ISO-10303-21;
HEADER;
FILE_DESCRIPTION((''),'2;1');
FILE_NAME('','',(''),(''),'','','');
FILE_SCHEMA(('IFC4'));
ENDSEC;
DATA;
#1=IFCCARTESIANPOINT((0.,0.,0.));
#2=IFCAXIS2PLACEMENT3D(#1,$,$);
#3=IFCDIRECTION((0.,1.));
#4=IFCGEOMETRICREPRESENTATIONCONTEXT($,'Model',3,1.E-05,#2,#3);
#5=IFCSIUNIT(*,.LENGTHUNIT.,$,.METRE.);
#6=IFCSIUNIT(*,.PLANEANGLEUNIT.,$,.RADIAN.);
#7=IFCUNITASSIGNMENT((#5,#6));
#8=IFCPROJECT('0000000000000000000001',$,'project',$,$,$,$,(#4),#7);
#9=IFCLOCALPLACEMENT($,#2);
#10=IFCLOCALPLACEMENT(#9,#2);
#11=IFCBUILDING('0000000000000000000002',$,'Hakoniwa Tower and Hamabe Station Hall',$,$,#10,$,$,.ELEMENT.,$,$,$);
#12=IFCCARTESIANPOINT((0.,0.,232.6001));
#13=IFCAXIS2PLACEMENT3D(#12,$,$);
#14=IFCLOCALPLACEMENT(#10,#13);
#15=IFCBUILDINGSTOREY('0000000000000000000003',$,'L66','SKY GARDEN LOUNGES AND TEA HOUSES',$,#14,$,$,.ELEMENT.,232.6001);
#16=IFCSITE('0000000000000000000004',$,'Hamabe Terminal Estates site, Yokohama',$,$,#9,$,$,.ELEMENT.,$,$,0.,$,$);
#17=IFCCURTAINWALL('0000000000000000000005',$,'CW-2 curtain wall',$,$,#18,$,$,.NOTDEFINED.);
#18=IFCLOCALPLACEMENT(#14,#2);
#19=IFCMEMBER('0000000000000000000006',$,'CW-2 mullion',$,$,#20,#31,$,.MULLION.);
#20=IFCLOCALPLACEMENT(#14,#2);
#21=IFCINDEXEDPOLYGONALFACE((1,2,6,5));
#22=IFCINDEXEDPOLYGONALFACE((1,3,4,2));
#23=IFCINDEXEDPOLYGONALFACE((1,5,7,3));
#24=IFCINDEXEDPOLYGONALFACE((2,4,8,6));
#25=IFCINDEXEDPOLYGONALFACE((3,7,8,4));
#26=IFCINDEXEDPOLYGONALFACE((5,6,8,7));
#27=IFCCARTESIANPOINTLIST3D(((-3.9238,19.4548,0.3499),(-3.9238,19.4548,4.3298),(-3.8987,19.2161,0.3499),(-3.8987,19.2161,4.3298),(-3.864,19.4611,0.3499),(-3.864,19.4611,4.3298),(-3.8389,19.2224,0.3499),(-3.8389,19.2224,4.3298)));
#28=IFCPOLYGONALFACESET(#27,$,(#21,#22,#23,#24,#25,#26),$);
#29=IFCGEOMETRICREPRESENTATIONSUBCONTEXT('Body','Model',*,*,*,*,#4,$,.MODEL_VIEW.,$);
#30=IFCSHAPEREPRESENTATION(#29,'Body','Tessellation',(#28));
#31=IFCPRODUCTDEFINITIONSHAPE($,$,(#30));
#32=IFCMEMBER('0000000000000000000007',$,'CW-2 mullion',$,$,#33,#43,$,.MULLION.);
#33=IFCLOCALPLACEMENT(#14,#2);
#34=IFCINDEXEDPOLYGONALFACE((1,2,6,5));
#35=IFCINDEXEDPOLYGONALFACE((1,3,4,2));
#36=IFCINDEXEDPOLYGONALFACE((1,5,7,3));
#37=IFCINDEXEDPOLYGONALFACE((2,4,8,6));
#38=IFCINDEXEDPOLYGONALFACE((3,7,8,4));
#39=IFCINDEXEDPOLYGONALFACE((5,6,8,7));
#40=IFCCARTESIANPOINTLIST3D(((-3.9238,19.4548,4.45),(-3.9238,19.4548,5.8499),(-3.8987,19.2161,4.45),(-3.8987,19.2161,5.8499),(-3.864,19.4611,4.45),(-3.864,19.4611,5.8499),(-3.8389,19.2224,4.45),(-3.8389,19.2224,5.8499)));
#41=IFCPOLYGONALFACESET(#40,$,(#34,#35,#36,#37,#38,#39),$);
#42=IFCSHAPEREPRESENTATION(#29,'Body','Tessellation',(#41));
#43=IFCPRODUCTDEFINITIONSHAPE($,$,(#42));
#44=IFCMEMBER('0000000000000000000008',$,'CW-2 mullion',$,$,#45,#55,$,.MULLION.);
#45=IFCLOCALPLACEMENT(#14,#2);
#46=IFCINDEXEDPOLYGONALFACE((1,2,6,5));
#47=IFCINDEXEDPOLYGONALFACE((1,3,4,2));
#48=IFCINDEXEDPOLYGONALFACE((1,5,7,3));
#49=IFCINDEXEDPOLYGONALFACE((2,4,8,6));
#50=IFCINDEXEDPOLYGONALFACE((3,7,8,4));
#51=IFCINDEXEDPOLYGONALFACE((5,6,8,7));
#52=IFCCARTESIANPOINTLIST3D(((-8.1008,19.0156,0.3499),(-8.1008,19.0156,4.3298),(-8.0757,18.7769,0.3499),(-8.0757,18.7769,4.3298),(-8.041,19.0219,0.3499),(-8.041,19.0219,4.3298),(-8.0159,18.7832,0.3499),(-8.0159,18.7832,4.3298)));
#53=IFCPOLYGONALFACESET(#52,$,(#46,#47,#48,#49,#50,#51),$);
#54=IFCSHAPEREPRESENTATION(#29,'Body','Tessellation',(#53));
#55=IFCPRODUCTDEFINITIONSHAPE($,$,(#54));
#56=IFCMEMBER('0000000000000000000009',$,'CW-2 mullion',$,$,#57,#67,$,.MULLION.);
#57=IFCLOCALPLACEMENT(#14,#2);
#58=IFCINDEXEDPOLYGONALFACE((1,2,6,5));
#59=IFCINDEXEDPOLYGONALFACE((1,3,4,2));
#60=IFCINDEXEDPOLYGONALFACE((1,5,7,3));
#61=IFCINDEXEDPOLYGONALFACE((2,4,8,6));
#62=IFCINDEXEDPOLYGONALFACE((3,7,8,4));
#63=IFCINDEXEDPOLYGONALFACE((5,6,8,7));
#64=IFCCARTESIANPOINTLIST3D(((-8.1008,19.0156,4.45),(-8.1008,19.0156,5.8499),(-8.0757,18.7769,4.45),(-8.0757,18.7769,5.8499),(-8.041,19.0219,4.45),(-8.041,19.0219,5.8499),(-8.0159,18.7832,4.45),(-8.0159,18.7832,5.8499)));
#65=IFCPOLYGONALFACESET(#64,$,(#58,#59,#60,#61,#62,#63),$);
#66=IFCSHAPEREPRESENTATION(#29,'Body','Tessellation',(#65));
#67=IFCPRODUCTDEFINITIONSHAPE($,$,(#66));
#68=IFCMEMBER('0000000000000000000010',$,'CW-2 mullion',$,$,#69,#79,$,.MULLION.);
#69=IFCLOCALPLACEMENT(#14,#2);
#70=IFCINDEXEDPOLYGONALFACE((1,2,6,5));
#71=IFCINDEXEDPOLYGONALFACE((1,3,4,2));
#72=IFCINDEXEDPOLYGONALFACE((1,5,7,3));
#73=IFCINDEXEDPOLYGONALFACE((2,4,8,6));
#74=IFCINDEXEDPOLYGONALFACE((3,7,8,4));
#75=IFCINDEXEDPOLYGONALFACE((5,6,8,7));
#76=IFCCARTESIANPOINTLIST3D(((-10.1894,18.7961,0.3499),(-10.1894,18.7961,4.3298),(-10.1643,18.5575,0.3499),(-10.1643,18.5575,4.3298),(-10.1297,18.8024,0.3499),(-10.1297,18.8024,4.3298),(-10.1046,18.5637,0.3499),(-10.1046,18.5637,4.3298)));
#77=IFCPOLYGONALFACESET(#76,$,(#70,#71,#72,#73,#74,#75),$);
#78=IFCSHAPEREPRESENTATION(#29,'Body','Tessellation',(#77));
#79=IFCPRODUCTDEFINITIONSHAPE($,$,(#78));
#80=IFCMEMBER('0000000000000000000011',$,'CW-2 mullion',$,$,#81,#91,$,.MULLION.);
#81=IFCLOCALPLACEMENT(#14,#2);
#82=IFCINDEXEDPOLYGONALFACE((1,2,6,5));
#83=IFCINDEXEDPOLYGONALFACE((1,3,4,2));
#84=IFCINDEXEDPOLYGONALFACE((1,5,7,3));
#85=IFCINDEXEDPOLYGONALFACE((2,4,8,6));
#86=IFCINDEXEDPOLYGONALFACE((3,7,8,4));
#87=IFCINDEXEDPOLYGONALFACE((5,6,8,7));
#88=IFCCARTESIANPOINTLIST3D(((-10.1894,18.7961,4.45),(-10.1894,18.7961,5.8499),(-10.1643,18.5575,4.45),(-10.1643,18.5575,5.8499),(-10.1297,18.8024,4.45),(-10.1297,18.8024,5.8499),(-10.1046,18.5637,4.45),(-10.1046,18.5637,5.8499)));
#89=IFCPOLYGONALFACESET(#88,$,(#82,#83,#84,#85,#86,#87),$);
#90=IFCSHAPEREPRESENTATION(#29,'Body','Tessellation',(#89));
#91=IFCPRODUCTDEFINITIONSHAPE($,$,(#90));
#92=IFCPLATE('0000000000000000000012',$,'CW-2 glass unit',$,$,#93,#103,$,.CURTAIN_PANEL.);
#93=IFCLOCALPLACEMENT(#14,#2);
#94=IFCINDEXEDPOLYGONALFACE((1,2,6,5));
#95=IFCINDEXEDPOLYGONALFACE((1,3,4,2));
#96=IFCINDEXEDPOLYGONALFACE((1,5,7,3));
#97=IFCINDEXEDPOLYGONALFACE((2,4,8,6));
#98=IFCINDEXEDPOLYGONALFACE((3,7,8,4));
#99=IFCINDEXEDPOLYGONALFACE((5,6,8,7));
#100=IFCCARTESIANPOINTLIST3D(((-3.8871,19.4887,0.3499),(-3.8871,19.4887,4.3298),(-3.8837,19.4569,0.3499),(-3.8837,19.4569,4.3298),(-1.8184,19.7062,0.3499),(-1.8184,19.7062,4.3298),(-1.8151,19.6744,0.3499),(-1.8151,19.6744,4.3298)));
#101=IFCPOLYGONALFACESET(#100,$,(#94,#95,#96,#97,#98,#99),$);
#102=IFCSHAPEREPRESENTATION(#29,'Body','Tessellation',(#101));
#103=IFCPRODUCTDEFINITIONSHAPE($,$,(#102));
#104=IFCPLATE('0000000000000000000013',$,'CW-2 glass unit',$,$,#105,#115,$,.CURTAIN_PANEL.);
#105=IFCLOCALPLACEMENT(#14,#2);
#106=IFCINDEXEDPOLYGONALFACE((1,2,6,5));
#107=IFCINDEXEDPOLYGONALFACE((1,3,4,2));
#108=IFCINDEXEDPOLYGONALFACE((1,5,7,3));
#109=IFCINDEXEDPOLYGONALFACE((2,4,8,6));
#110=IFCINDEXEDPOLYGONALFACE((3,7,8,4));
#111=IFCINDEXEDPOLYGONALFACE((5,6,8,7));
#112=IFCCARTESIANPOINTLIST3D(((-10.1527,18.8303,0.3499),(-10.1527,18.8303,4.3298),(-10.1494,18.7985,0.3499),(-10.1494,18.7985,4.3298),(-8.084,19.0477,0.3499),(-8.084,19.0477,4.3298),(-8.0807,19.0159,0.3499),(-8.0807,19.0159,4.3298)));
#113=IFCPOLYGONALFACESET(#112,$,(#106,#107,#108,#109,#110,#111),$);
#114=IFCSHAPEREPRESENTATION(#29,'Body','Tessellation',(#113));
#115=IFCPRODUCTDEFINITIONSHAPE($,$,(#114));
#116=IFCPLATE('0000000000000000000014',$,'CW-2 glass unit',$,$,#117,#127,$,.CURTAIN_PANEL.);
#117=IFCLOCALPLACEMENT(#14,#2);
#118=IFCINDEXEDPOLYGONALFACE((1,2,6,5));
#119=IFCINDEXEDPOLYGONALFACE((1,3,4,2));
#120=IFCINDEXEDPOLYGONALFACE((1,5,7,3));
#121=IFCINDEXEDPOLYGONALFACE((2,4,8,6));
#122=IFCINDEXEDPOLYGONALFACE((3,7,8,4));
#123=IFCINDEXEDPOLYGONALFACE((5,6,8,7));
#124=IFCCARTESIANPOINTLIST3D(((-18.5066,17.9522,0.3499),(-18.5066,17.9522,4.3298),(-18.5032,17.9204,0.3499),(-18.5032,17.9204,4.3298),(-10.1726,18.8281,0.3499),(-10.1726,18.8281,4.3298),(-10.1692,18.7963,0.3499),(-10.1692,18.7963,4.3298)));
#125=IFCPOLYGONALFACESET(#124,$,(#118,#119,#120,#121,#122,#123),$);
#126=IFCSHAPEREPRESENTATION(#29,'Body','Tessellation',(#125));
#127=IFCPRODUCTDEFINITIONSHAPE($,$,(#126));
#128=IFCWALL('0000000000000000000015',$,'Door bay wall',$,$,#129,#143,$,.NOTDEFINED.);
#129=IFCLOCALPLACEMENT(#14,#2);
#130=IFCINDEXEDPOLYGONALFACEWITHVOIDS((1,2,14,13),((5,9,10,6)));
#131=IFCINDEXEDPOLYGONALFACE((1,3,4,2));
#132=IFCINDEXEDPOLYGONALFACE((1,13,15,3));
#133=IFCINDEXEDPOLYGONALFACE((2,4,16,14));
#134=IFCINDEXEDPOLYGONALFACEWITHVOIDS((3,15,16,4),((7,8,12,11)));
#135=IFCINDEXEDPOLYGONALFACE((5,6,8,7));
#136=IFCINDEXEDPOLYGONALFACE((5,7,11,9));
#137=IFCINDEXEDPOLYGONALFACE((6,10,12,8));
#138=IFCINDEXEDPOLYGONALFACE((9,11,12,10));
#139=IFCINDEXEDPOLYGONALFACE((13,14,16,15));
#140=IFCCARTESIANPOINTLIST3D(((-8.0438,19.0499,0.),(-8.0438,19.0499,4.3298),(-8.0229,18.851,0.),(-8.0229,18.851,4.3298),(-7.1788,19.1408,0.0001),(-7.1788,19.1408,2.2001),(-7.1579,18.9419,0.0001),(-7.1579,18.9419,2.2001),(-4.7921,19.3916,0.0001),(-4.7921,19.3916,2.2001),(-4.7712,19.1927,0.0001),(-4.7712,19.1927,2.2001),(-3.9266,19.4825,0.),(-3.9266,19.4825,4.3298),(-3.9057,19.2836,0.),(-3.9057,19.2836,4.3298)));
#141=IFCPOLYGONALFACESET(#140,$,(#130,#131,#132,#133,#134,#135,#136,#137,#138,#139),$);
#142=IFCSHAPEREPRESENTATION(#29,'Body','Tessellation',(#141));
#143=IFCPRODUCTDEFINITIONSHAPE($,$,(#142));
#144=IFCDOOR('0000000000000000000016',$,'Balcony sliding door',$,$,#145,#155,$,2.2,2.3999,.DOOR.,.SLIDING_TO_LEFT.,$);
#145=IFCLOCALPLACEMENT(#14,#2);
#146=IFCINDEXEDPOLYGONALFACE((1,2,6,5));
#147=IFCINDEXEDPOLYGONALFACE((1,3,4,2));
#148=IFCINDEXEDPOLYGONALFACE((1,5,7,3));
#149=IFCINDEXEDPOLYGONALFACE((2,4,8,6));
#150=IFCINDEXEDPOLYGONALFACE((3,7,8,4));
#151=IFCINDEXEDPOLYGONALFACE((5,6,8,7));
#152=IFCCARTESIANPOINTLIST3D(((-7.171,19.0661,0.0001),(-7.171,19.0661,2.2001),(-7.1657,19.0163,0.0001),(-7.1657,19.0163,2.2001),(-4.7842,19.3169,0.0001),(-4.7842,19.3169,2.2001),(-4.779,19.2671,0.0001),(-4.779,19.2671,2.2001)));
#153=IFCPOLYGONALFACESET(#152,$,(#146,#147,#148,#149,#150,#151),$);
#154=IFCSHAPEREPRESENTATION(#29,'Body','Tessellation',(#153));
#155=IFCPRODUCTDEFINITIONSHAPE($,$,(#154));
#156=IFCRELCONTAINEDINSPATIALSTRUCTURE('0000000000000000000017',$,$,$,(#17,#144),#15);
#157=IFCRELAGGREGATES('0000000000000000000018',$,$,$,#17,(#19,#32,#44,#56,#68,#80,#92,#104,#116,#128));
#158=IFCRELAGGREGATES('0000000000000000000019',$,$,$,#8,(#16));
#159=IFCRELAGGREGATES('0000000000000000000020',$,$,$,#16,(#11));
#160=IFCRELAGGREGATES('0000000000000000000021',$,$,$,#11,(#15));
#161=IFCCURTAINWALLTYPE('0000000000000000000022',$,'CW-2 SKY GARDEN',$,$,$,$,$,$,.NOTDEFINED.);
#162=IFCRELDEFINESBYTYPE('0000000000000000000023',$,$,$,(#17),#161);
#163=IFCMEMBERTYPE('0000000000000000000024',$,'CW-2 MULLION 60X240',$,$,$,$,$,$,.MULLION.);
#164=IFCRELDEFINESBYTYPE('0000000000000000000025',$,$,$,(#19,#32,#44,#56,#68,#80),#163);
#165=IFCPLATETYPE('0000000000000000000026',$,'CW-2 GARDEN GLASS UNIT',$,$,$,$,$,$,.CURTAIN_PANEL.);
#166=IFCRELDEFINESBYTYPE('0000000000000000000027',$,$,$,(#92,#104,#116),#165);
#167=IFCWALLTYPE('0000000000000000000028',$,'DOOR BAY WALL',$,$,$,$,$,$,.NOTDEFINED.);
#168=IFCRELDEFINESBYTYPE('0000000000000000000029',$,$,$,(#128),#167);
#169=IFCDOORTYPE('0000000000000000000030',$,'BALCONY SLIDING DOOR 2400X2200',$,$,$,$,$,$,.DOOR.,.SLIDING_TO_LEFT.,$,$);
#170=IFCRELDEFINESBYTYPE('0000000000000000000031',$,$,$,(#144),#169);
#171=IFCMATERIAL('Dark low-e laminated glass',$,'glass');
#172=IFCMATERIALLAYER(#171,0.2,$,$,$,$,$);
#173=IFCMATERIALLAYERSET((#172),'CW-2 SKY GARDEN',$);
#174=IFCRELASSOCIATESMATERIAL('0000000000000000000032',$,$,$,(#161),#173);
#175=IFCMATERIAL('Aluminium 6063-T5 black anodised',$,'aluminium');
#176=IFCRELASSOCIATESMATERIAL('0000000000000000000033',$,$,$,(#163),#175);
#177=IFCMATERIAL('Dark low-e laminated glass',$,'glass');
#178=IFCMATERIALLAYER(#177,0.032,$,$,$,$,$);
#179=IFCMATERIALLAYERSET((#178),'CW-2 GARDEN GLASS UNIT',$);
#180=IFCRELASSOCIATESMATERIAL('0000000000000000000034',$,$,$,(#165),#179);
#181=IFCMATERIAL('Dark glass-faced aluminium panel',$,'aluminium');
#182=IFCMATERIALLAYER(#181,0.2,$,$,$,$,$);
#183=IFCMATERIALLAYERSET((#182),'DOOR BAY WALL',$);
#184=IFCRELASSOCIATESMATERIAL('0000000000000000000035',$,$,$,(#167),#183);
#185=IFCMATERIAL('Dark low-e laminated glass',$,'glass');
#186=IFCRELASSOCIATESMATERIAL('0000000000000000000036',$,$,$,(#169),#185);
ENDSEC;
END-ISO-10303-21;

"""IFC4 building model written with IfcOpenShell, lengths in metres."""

from ifc_helpers import new_model, si_unit, direction, frame, frame_2d, origin, origin_2d, place, context, subcontext, project, spatial, rectangle, extrude, material, layer, layer_set, material_profile, profile_set, type_object, element, fill, aggregate, save


model = new_model("IFC4")

# Units and contexts
model_context = context("Model", 3, precision=1e-05, world=origin(), true_north=direction((0.0, 1.0)))
body_context = subcontext(model_context, "Body", "Model", "MODEL_VIEW")
ifc_project = project(units=[si_unit("LENGTHUNIT", "METRE"), si_unit("PLANEANGLEUNIT", "RADIAN")], contexts=[model_context])

# Site, building, storey
site_placement = place(None, origin())
site = spatial("IfcSite", under=ifc_project, at=site_placement, Name="Hamabe Terminal Estates site, Yokohama", CompositionType="ELEMENT", RefElevation=0.0)
building_placement = place(site_placement, origin())
building = spatial("IfcBuilding", under=site, at=building_placement, Name="Hakoniwa Tower and Hamabe Station Hall", CompositionType="ELEMENT")
storey_placement = place(building_placement, frame((0.0, 0.0, 232.6001)))
storey = spatial("IfcBuildingStorey", under=building, at=storey_placement, Name="L66", Description="SKY GARDEN LOUNGES AND TEA HOUSES", CompositionType="ELEMENT", Elevation=232.6001)

# Curtain wall, members, plates, wall, opening, door
ifc_material_1 = material(Name="Dark low-e laminated glass", Category="glass")
ifc_layer_1 = layer(ifc_material_1, 0.2)
ifc_layer_set_1 = layer_set([ifc_layer_1], Name="CW-2 SKY GARDEN")
curtain_wall_type = type_object("IfcCurtainWallType", Name="CW-2 SKY GARDEN", PredefinedType="NOTDEFINED", material=ifc_layer_set_1)
curtain_wall_placement = place(storey_placement, origin())
curtain_wall = element("IfcCurtainWall", 1, at=curtain_wall_placement, inside=storey, type_object=curtain_wall_type, Name="CW-2 curtain wall", PredefinedType="NOTDEFINED")
ifc_material_2 = material(Name="Aluminium 6063-T5 black anodised", Category="aluminium")
ifc_material_profile_1 = material_profile(ifc_material_2, rectangle(XDim=0.0601, YDim=0.24, at=origin_2d()), Name="CW-2 MULLION 60X240")
ifc_profile_set_1 = profile_set([ifc_material_profile_1], Name="Aluminium 6063-T5 black anodised")
member_type_1 = type_object("IfcMemberType", Name="CW-2 MULLION 60X240", PredefinedType="MULLION", material=ifc_profile_set_1)
member_1_placement = place(storey_placement, frame((-3.8813, 19.3386, 0.3499), z_axis=(0.0, 0.0, 1.0), x_axis=(-0.994522, -0.104528, 0.0)))
member_1 = element("IfcMember", 2, at=member_1_placement, type_object=member_type_1, Name="CW-2 mullion", PredefinedType="MULLION", context=body_context, shape_type="SweptSolid", body=[
    extrude(rectangle(XDim=0.0601, YDim=0.24, at=origin_2d()), origin(), (0.0, 0.0, 1.0), 3.98),
])
member_2_placement = place(storey_placement, frame((-3.8813, 19.3386, 4.45), z_axis=(0.0, 0.0, 1.0), x_axis=(-0.994522, -0.104528, 0.0)))
member_2 = element("IfcMember", 3, at=member_2_placement, type_object=member_type_1, Name="CW-2 mullion", PredefinedType="MULLION", context=body_context, shape_type="SweptSolid", body=[
    extrude(rectangle(XDim=0.0601, YDim=0.24, at=origin_2d()), origin(), (0.0, 0.0, 1.0), 1.3999),
])
member_3_placement = place(storey_placement, frame((-8.0583, 18.8994, 0.3499), z_axis=(0.0, 0.0, 1.0), x_axis=(-0.994522, -0.104528, 0.0)))
member_3 = element("IfcMember", 4, at=member_3_placement, type_object=member_type_1, Name="CW-2 mullion", PredefinedType="MULLION", context=body_context, shape_type="SweptSolid", body=[
    extrude(rectangle(XDim=0.0601, YDim=0.24, at=origin_2d()), origin(), (0.0, 0.0, 1.0), 3.98),
])
member_4_placement = place(storey_placement, frame((-8.0583, 18.8994, 4.45), z_axis=(0.0, 0.0, 1.0), x_axis=(-0.994522, -0.104528, 0.0)))
member_4 = element("IfcMember", 5, at=member_4_placement, type_object=member_type_1, Name="CW-2 mullion", PredefinedType="MULLION", context=body_context, shape_type="SweptSolid", body=[
    extrude(rectangle(XDim=0.0601, YDim=0.24, at=origin_2d()), origin(), (0.0, 0.0, 1.0), 1.3999),
])
member_5_placement = place(storey_placement, frame((-10.147, 18.6799, 0.3499), z_axis=(0.0, 0.0, 1.0), x_axis=(-0.994522, -0.104528, 0.0)))
member_5 = element("IfcMember", 6, at=member_5_placement, type_object=member_type_1, Name="CW-2 mullion", PredefinedType="MULLION", context=body_context, shape_type="SweptSolid", body=[
    extrude(rectangle(XDim=0.0601, YDim=0.24, at=origin_2d()), origin(), (0.0, 0.0, 1.0), 3.98),
])
member_6_placement = place(storey_placement, frame((-10.147, 18.6799, 4.45), z_axis=(0.0, 0.0, 1.0), x_axis=(-0.994522, -0.104528, 0.0)))
member_6 = element("IfcMember", 7, at=member_6_placement, type_object=member_type_1, Name="CW-2 mullion", PredefinedType="MULLION", context=body_context, shape_type="SweptSolid", body=[
    extrude(rectangle(XDim=0.0601, YDim=0.24, at=origin_2d()), origin(), (0.0, 0.0, 1.0), 1.3999),
])
ifc_material_3 = material(Name="Dark low-e laminated glass", Category="glass")
ifc_layer_2 = layer(ifc_material_3, 0.032)
ifc_layer_set_2 = layer_set([ifc_layer_2], Name="CW-2 GARDEN GLASS UNIT")
plate_type = type_object("IfcPlateType", Name="CW-2 GARDEN GLASS UNIT", PredefinedType="CURTAIN_PANEL", material=ifc_layer_set_2)
plate_1_placement = place(storey_placement, frame((-2.8511, 19.5815, 0.3499), z_axis=(0.0, 0.0, 1.0), x_axis=(-0.994522, -0.104528, 0.0)))
plate_1 = element("IfcPlate", 8, at=plate_1_placement, type_object=plate_type, Name="CW-2 glass unit", PredefinedType="CURTAIN_PANEL", context=body_context, shape_type="SweptSolid", body=[
    extrude(rectangle(XDim=2.0801, YDim=0.032, at=origin_2d()), origin(), (0.0, 0.0, 1.0), 3.98),
])
plate_2_placement = place(storey_placement, frame((-9.1167, 18.9231, 0.3499), z_axis=(0.0, 0.0, 1.0), x_axis=(-0.994522, -0.104528, 0.0)))
plate_2 = element("IfcPlate", 9, at=plate_2_placement, type_object=plate_type, Name="CW-2 glass unit", PredefinedType="CURTAIN_PANEL", context=body_context, shape_type="SweptSolid", body=[
    extrude(rectangle(XDim=2.0801, YDim=0.032, at=origin_2d()), origin(), (0.0, 0.0, 1.0), 3.98),
])
plate_3_placement = place(storey_placement, frame((-14.3379, 18.3743, 0.3499), z_axis=(0.0, 0.0, 1.0), x_axis=(-0.994522, -0.104528, 0.0)))
plate_3 = element("IfcPlate", 10, at=plate_3_placement, type_object=plate_type, Name="CW-2 glass unit", PredefinedType="CURTAIN_PANEL", context=body_context, shape_type="SweptSolid", body=[
    extrude(rectangle(XDim=8.3799, YDim=0.032, at=origin_2d()), origin(), (0.0, 0.0, 1.0), 3.98),
])
ifc_material_4 = material(Name="Dark glass-faced aluminium panel", Category="aluminium")
ifc_layer_3 = layer(ifc_material_4, 0.2)
ifc_layer_set_3 = layer_set([ifc_layer_3], Name="DOOR BAY WALL")
wall_type_1 = type_object("IfcWallType", Name="DOOR BAY WALL", PredefinedType="NOTDEFINED", material=ifc_layer_set_3)
wall_1_placement = place(storey_placement, frame((-3.9163, 19.3831, 0.0), z_axis=(0.0, 0.0, 1.0), x_axis=(-0.994525, -0.104501, 0.0)))
wall_1 = element("IfcWall", 11, at=wall_1_placement, type_object=wall_type_1, Name="Door bay wall", PredefinedType="NOTDEFINED", context=body_context, shape_type="SweptSolid", body=[
    extrude(rectangle(XDim=4.1399, YDim=0.2, at=frame_2d((2.0698, 0.0))), origin(), (0.0, 0.0, 1.0), 4.3298),
])
opening_1_placement = place(wall_1_placement, frame((0.8701, 0.0, 0.0)))
opening_1 = element("IfcOpeningElement", 12, at=opening_1_placement, cuts=wall_1, PredefinedType="OPENING", context=body_context, shape_type="SweptSolid", body=[
    extrude(rectangle(XDim=2.3999, YDim=2.2, at=frame_2d((1.2, 1.1001))), frame((0.0, 0.1099, 0.0), z_axis=(0.0, -1.0, 0.0), x_axis=(1.0, 0.0, 0.0)), (0.0, 0.0, 1.0), 0.22),
])
ifc_material_5 = material(Name="Dark low-e laminated glass", Category="glass")
door_type = type_object("IfcDoorType", Name="BALCONY SLIDING DOOR 2400X2200", OperationType="SLIDING_TO_LEFT", PredefinedType="DOOR", material=ifc_material_5)
door_placement = place(opening_1_placement, frame((2.3999, 0.0, 0.0), z_axis=(0.0, 0.0, 1.0), x_axis=(-1.0, 0.0, 0.0)))
door = element("IfcDoor", 13, at=door_placement, inside=storey, type_object=door_type, Name="Balcony sliding door", OperationType="SLIDING_TO_LEFT", OverallHeight=2.2, OverallWidth=2.3999, PredefinedType="DOOR", context=body_context, shape_type="SweptSolid", body=[
    extrude(rectangle(XDim=2.3999, YDim=2.2, at=frame_2d((1.2, 1.1001))), frame((0.0, 0.0249, 0.0), z_axis=(0.0, -1.0, 0.0), x_axis=(1.0, 0.0, 0.0)), (0.0, 0.0, 1.0), 0.05),
])
fill(opening_1, door)
aggregate(curtain_wall, [member_1, member_2, member_3, member_4, member_5, member_6, plate_1, plate_2, plate_3, wall_1])

save(model, "model.ifc")
